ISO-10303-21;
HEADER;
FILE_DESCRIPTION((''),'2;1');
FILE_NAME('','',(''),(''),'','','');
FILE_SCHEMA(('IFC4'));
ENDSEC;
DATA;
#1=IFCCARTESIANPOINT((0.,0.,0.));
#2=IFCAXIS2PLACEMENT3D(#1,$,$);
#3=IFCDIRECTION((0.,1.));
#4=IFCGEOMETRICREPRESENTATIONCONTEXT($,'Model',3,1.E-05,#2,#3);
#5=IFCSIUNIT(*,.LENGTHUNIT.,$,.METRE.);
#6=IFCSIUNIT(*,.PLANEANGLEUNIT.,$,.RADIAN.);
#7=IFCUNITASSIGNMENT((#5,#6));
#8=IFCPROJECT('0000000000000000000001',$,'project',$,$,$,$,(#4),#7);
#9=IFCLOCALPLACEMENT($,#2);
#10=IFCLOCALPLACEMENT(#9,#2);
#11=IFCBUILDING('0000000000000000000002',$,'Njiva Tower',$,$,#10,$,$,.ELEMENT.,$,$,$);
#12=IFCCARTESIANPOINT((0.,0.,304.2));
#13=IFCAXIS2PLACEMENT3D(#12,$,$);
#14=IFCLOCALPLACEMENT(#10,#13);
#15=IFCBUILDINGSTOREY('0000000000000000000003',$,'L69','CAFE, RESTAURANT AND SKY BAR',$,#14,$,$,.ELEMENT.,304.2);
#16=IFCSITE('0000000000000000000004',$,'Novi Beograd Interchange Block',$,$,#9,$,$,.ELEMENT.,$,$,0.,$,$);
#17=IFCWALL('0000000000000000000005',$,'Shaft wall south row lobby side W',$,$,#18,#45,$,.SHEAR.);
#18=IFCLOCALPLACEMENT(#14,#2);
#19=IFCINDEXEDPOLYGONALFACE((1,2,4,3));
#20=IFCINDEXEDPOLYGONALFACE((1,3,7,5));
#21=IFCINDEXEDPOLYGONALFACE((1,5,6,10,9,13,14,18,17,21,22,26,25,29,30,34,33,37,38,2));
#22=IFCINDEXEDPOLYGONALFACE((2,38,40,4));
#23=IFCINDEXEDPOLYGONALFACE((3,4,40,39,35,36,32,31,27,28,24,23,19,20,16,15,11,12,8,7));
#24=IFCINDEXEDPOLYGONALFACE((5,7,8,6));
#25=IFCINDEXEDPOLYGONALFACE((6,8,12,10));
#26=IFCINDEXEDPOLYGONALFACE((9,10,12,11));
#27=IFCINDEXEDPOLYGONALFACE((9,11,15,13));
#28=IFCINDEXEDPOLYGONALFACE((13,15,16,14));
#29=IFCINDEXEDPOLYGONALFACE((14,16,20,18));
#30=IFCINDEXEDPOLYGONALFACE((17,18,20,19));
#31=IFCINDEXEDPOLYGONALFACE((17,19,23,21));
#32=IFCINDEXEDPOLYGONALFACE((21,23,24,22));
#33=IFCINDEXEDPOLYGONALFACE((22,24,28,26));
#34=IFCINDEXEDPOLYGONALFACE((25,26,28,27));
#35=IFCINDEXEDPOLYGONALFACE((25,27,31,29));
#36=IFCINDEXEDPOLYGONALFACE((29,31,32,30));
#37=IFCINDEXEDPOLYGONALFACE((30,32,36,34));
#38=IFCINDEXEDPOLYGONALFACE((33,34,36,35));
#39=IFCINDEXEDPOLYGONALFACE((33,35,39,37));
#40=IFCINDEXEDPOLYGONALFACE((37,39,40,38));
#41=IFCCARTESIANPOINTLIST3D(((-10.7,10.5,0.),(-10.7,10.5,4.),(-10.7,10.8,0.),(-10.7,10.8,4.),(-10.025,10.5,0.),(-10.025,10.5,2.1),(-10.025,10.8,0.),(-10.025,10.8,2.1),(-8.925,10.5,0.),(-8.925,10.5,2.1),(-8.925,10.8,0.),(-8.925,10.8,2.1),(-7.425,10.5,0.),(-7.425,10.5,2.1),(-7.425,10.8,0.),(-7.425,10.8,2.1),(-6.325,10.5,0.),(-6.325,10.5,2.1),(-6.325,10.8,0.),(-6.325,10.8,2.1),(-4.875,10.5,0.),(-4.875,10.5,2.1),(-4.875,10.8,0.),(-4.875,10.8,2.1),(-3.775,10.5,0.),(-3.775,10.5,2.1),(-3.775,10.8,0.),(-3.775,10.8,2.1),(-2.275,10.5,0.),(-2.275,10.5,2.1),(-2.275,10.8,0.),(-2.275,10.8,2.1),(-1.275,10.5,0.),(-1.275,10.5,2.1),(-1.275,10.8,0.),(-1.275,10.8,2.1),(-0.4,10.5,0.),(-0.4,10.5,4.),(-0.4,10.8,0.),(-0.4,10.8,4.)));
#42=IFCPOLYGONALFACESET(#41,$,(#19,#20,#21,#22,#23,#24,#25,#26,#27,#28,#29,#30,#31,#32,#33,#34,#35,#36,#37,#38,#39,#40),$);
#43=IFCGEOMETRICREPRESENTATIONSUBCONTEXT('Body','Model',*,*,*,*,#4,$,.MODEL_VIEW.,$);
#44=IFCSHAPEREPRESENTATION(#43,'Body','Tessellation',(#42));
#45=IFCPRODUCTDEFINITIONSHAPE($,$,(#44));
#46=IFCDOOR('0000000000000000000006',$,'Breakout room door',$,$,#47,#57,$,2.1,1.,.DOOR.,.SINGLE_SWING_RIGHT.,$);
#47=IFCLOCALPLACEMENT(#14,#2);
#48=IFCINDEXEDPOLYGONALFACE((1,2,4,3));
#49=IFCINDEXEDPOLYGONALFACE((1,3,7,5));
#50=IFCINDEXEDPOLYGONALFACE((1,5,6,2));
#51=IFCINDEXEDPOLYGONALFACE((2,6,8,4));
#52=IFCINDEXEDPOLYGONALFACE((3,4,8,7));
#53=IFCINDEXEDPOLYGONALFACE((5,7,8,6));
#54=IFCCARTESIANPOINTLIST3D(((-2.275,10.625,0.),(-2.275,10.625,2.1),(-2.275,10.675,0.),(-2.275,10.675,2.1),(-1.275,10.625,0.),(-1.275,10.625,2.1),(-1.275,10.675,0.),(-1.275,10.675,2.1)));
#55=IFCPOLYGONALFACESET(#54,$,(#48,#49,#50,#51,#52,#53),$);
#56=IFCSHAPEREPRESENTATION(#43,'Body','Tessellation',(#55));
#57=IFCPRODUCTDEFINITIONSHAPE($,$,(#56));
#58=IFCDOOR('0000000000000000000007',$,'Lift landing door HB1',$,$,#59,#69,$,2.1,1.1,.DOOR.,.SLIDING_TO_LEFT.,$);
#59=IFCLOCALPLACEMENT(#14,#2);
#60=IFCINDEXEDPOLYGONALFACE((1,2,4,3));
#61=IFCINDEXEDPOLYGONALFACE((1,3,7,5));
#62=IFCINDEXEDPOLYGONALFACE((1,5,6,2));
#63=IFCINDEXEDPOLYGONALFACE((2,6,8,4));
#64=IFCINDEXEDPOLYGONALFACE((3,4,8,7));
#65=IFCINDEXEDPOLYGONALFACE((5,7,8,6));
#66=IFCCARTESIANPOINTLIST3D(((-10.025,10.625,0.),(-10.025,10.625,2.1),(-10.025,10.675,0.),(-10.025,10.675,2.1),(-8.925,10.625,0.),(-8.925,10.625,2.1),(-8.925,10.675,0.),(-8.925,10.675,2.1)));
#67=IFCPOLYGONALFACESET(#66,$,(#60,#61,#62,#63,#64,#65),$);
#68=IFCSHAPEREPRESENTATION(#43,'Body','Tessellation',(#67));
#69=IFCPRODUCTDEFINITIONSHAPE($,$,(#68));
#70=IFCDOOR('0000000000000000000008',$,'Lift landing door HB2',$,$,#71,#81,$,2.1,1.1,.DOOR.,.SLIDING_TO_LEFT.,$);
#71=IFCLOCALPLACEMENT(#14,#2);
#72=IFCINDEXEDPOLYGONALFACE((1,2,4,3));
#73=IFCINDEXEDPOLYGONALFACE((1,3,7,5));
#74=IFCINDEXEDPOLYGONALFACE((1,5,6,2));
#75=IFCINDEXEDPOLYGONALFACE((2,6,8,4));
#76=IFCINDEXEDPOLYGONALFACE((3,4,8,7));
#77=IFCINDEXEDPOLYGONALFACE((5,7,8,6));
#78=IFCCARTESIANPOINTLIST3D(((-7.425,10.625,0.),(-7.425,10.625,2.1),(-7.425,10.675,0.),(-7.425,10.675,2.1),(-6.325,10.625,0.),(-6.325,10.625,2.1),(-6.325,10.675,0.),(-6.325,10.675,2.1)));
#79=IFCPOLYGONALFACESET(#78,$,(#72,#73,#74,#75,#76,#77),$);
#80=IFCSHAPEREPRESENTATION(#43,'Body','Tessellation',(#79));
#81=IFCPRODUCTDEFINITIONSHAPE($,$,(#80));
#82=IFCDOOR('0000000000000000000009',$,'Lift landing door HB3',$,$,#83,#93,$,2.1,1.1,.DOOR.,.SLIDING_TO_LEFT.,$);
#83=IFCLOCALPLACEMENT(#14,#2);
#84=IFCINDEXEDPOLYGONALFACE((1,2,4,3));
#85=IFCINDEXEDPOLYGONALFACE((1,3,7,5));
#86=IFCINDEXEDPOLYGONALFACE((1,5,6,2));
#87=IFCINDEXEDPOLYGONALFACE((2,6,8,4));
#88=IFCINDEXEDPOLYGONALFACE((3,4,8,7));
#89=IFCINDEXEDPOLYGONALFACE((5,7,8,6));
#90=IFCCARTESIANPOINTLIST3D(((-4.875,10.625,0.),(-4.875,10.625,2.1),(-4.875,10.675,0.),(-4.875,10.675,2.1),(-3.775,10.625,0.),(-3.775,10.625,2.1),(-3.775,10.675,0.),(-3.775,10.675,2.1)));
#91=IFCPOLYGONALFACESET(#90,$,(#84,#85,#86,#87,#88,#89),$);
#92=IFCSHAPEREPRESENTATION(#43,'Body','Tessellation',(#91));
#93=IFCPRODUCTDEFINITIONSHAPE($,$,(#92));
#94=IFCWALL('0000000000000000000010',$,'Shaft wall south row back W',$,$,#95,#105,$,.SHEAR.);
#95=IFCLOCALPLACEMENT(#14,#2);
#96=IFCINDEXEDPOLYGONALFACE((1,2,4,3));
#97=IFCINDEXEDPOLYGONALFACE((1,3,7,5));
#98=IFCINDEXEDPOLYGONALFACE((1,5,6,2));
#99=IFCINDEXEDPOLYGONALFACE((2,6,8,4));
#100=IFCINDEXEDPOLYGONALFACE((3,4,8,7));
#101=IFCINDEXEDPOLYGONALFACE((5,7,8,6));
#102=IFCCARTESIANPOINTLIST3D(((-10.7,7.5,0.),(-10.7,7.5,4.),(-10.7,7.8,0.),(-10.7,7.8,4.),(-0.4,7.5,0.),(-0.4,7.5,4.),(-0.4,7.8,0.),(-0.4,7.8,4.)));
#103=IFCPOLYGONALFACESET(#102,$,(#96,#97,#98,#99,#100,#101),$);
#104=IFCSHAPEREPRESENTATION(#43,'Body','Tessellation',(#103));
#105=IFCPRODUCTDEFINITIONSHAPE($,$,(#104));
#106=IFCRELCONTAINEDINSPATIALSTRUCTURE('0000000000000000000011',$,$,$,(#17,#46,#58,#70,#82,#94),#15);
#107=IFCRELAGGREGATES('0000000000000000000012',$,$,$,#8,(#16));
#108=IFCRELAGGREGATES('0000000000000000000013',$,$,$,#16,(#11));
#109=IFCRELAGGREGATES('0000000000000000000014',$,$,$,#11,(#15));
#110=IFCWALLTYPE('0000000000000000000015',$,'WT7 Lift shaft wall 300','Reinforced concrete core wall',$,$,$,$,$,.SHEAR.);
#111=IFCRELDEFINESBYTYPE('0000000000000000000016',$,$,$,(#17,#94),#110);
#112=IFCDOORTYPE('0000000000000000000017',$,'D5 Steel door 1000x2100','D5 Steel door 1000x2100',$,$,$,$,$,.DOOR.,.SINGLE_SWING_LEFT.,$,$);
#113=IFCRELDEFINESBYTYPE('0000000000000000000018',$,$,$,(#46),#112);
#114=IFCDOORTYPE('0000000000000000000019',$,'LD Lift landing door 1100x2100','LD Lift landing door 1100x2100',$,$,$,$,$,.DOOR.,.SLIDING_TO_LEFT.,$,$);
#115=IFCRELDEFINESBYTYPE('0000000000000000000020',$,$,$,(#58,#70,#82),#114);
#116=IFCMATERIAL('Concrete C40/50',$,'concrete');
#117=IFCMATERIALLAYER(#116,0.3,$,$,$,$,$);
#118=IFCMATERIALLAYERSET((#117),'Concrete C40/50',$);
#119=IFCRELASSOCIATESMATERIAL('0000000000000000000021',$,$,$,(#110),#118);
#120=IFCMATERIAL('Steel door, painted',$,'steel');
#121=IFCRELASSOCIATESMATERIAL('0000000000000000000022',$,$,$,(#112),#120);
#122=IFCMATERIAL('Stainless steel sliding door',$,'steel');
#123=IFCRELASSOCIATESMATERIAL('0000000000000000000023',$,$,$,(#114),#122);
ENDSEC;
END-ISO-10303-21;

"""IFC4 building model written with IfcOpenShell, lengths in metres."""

from ifc_helpers import new_model, si_unit, direction, frame, frame_2d, origin, place, context, subcontext, project, spatial, rectangle, extrude, material, layer, layer_set, type_object, element, fill, save


model = new_model("IFC4")

# Units and contexts
model_context = context("Model", 3, precision=1e-05, world=origin(), true_north=direction((0.0, 1.0)))
body_context = subcontext(model_context, "Body", "Model", "MODEL_VIEW")
ifc_project = project(units=[si_unit("LENGTHUNIT", "METRE"), si_unit("PLANEANGLEUNIT", "RADIAN")], contexts=[model_context])

# Site, building, storey
site_placement = place(None, origin())
site = spatial("IfcSite", under=ifc_project, at=site_placement, Name="Novi Beograd Interchange Block", CompositionType="ELEMENT", RefElevation=0.0)
building_placement = place(site_placement, origin())
building = spatial("IfcBuilding", under=site, at=building_placement, Name="Njiva Tower", CompositionType="ELEMENT")
storey_placement = place(building_placement, frame((0.0, 0.0, 304.2)))
storey = spatial("IfcBuildingStorey", under=building, at=storey_placement, Name="L69", Description="CAFE, RESTAURANT AND SKY BAR", CompositionType="ELEMENT", Elevation=304.2)

# Shared definitions
ifc_material_1 = material(Name="Concrete C40/50", Category="concrete")
ifc_material_2 = material(Name="Steel door, painted", Category="steel")

# Wall, openings, doors
ifc_layer_1 = layer(ifc_material_1, 0.3)
ifc_layer_set_1 = layer_set([ifc_layer_1], Name="Concrete C40/50")
wall_type_1 = type_object("IfcWallType", Name="WT7 Lift shaft wall 300", Description="Reinforced concrete core wall", PredefinedType="SHEAR", material=ifc_layer_set_1)
wall_1_placement = place(storey_placement, frame((-10.7, 10.65, 0.0), z_axis=(0.0, 0.0, 1.0), x_axis=(1.0, 0.0, 0.0)))
wall_1 = element("IfcWall", 1, at=wall_1_placement, inside=storey, type_object=wall_type_1, Name="Shaft wall south row lobby side W", PredefinedType="SHEAR", context=body_context, shape_type="SweptSolid", body=[
    extrude(rectangle(XDim=10.3, YDim=0.3, at=frame_2d((5.15, 0.0))), origin(), (0.0, 0.0, 1.0), 4.0),
])
opening_1_placement = place(wall_1_placement, frame((0.675, 0.0, 0.0)))
opening_1 = element("IfcOpeningElement", 2, at=opening_1_placement, cuts=wall_1, PredefinedType="OPENING", context=body_context, shape_type="SweptSolid", body=[
    extrude(rectangle(XDim=1.1, YDim=2.1, at=frame_2d((0.55, 1.05))), frame((0.0, 0.16, 0.0), z_axis=(0.0, -1.0, 0.0), x_axis=(1.0, 0.0, 0.0)), (0.0, 0.0, 1.0), 0.32),
])
opening_2_placement = place(wall_1_placement, frame((3.275, 0.0, 0.0)))
opening_2 = element("IfcOpeningElement", 3, at=opening_2_placement, cuts=wall_1, PredefinedType="OPENING", context=body_context, shape_type="SweptSolid", body=[
    extrude(rectangle(XDim=1.1, YDim=2.1, at=frame_2d((0.55, 1.05))), frame((0.0, 0.16, 0.0), z_axis=(0.0, -1.0, 0.0), x_axis=(1.0, 0.0, 0.0)), (0.0, 0.0, 1.0), 0.32),
])
opening_3_placement = place(wall_1_placement, frame((5.825, 0.0, 0.0)))
opening_3 = element("IfcOpeningElement", 4, at=opening_3_placement, cuts=wall_1, PredefinedType="OPENING", context=body_context, shape_type="SweptSolid", body=[
    extrude(rectangle(XDim=1.1, YDim=2.1, at=frame_2d((0.55, 1.05))), frame((0.0, 0.16, 0.0), z_axis=(0.0, -1.0, 0.0), x_axis=(1.0, 0.0, 0.0)), (0.0, 0.0, 1.0), 0.32),
])
opening_4_placement = place(wall_1_placement, frame((8.425, 0.0, 0.0)))
opening_4 = element("IfcOpeningElement", 5, at=opening_4_placement, cuts=wall_1, PredefinedType="OPENING", context=body_context, shape_type="SweptSolid", body=[
    extrude(rectangle(XDim=1.0, YDim=2.1, at=frame_2d((0.5, 1.05))), frame((0.0, 0.16, 0.0), z_axis=(0.0, -1.0, 0.0), x_axis=(1.0, 0.0, 0.0)), (0.0, 0.0, 1.0), 0.32),
])
door_type_1 = type_object("IfcDoorType", Name="D5 Steel door 1000x2100", Description="D5 Steel door 1000x2100", OperationType="SINGLE_SWING_LEFT", PredefinedType="DOOR", material=ifc_material_2)
door_1_placement = place(opening_4_placement, origin())
door_1 = element("IfcDoor", 6, at=door_1_placement, inside=storey, type_object=door_type_1, Name="Breakout room door", OperationType="SINGLE_SWING_RIGHT", OverallHeight=2.1, OverallWidth=1.0, PredefinedType="DOOR", context=body_context, shape_type="SweptSolid", body=[
    extrude(rectangle(XDim=1.0, YDim=2.1, at=frame_2d((0.5, 1.05))), frame((0.0, 0.025, 0.0), z_axis=(0.0, -1.0, 0.0), x_axis=(1.0, 0.0, 0.0)), (0.0, 0.0, 1.0), 0.05),
])
fill(opening_4, door_1)
ifc_material_3 = material(Name="Stainless steel sliding door", Category="steel")
door_type_2 = type_object("IfcDoorType", Name="LD Lift landing door 1100x2100", Description="LD Lift landing door 1100x2100", OperationType="SLIDING_TO_LEFT", PredefinedType="DOOR", material=ifc_material_3)
door_2_placement = place(opening_1_placement, origin())
door_2 = element("IfcDoor", 7, at=door_2_placement, inside=storey, type_object=door_type_2, Name="Lift landing door HB1", OperationType="SLIDING_TO_LEFT", OverallHeight=2.1, OverallWidth=1.1, PredefinedType="DOOR", context=body_context, shape_type="SweptSolid", body=[
    extrude(rectangle(XDim=1.1, YDim=2.1, at=frame_2d((0.55, 1.05))), frame((0.0, 0.025, 0.0), z_axis=(0.0, -1.0, 0.0), x_axis=(1.0, 0.0, 0.0)), (0.0, 0.0, 1.0), 0.05),
])
fill(opening_1, door_2)
door_3_placement = place(opening_2_placement, origin())
door_3 = element("IfcDoor", 8, at=door_3_placement, inside=storey, type_object=door_type_2, Name="Lift landing door HB2", OperationType="SLIDING_TO_LEFT", OverallHeight=2.1, OverallWidth=1.1, PredefinedType="DOOR", context=body_context, shape_type="SweptSolid", body=[
    extrude(rectangle(XDim=1.1, YDim=2.1, at=frame_2d((0.55, 1.05))), frame((0.0, 0.025, 0.0), z_axis=(0.0, -1.0, 0.0), x_axis=(1.0, 0.0, 0.0)), (0.0, 0.0, 1.0), 0.05),
])
fill(opening_2, door_3)
door_4_placement = place(opening_3_placement, origin())
door_4 = element("IfcDoor", 9, at=door_4_placement, inside=storey, type_object=door_type_2, Name="Lift landing door HB3", OperationType="SLIDING_TO_LEFT", OverallHeight=2.1, OverallWidth=1.1, PredefinedType="DOOR", context=body_context, shape_type="SweptSolid", body=[
    extrude(rectangle(XDim=1.1, YDim=2.1, at=frame_2d((0.55, 1.05))), frame((0.0, 0.025, 0.0), z_axis=(0.0, -1.0, 0.0), x_axis=(1.0, 0.0, 0.0)), (0.0, 0.0, 1.0), 0.05),
])
fill(opening_3, door_4)

# Wall
wall_2_placement = place(storey_placement, frame((-10.7, 7.65, 0.0), z_axis=(0.0, 0.0, 1.0), x_axis=(1.0, 0.0, 0.0)))
element("IfcWall", 10, at=wall_2_placement, inside=storey, type_object=wall_type_1, Name="Shaft wall south row back W", PredefinedType="SHEAR", context=body_context, shape_type="SweptSolid", body=[
    extrude(rectangle(XDim=10.3, YDim=0.3, at=frame_2d((5.15, 0.0))), origin(), (0.0, 0.0, 1.0), 4.0),
])

save(model, "model.ifc")
